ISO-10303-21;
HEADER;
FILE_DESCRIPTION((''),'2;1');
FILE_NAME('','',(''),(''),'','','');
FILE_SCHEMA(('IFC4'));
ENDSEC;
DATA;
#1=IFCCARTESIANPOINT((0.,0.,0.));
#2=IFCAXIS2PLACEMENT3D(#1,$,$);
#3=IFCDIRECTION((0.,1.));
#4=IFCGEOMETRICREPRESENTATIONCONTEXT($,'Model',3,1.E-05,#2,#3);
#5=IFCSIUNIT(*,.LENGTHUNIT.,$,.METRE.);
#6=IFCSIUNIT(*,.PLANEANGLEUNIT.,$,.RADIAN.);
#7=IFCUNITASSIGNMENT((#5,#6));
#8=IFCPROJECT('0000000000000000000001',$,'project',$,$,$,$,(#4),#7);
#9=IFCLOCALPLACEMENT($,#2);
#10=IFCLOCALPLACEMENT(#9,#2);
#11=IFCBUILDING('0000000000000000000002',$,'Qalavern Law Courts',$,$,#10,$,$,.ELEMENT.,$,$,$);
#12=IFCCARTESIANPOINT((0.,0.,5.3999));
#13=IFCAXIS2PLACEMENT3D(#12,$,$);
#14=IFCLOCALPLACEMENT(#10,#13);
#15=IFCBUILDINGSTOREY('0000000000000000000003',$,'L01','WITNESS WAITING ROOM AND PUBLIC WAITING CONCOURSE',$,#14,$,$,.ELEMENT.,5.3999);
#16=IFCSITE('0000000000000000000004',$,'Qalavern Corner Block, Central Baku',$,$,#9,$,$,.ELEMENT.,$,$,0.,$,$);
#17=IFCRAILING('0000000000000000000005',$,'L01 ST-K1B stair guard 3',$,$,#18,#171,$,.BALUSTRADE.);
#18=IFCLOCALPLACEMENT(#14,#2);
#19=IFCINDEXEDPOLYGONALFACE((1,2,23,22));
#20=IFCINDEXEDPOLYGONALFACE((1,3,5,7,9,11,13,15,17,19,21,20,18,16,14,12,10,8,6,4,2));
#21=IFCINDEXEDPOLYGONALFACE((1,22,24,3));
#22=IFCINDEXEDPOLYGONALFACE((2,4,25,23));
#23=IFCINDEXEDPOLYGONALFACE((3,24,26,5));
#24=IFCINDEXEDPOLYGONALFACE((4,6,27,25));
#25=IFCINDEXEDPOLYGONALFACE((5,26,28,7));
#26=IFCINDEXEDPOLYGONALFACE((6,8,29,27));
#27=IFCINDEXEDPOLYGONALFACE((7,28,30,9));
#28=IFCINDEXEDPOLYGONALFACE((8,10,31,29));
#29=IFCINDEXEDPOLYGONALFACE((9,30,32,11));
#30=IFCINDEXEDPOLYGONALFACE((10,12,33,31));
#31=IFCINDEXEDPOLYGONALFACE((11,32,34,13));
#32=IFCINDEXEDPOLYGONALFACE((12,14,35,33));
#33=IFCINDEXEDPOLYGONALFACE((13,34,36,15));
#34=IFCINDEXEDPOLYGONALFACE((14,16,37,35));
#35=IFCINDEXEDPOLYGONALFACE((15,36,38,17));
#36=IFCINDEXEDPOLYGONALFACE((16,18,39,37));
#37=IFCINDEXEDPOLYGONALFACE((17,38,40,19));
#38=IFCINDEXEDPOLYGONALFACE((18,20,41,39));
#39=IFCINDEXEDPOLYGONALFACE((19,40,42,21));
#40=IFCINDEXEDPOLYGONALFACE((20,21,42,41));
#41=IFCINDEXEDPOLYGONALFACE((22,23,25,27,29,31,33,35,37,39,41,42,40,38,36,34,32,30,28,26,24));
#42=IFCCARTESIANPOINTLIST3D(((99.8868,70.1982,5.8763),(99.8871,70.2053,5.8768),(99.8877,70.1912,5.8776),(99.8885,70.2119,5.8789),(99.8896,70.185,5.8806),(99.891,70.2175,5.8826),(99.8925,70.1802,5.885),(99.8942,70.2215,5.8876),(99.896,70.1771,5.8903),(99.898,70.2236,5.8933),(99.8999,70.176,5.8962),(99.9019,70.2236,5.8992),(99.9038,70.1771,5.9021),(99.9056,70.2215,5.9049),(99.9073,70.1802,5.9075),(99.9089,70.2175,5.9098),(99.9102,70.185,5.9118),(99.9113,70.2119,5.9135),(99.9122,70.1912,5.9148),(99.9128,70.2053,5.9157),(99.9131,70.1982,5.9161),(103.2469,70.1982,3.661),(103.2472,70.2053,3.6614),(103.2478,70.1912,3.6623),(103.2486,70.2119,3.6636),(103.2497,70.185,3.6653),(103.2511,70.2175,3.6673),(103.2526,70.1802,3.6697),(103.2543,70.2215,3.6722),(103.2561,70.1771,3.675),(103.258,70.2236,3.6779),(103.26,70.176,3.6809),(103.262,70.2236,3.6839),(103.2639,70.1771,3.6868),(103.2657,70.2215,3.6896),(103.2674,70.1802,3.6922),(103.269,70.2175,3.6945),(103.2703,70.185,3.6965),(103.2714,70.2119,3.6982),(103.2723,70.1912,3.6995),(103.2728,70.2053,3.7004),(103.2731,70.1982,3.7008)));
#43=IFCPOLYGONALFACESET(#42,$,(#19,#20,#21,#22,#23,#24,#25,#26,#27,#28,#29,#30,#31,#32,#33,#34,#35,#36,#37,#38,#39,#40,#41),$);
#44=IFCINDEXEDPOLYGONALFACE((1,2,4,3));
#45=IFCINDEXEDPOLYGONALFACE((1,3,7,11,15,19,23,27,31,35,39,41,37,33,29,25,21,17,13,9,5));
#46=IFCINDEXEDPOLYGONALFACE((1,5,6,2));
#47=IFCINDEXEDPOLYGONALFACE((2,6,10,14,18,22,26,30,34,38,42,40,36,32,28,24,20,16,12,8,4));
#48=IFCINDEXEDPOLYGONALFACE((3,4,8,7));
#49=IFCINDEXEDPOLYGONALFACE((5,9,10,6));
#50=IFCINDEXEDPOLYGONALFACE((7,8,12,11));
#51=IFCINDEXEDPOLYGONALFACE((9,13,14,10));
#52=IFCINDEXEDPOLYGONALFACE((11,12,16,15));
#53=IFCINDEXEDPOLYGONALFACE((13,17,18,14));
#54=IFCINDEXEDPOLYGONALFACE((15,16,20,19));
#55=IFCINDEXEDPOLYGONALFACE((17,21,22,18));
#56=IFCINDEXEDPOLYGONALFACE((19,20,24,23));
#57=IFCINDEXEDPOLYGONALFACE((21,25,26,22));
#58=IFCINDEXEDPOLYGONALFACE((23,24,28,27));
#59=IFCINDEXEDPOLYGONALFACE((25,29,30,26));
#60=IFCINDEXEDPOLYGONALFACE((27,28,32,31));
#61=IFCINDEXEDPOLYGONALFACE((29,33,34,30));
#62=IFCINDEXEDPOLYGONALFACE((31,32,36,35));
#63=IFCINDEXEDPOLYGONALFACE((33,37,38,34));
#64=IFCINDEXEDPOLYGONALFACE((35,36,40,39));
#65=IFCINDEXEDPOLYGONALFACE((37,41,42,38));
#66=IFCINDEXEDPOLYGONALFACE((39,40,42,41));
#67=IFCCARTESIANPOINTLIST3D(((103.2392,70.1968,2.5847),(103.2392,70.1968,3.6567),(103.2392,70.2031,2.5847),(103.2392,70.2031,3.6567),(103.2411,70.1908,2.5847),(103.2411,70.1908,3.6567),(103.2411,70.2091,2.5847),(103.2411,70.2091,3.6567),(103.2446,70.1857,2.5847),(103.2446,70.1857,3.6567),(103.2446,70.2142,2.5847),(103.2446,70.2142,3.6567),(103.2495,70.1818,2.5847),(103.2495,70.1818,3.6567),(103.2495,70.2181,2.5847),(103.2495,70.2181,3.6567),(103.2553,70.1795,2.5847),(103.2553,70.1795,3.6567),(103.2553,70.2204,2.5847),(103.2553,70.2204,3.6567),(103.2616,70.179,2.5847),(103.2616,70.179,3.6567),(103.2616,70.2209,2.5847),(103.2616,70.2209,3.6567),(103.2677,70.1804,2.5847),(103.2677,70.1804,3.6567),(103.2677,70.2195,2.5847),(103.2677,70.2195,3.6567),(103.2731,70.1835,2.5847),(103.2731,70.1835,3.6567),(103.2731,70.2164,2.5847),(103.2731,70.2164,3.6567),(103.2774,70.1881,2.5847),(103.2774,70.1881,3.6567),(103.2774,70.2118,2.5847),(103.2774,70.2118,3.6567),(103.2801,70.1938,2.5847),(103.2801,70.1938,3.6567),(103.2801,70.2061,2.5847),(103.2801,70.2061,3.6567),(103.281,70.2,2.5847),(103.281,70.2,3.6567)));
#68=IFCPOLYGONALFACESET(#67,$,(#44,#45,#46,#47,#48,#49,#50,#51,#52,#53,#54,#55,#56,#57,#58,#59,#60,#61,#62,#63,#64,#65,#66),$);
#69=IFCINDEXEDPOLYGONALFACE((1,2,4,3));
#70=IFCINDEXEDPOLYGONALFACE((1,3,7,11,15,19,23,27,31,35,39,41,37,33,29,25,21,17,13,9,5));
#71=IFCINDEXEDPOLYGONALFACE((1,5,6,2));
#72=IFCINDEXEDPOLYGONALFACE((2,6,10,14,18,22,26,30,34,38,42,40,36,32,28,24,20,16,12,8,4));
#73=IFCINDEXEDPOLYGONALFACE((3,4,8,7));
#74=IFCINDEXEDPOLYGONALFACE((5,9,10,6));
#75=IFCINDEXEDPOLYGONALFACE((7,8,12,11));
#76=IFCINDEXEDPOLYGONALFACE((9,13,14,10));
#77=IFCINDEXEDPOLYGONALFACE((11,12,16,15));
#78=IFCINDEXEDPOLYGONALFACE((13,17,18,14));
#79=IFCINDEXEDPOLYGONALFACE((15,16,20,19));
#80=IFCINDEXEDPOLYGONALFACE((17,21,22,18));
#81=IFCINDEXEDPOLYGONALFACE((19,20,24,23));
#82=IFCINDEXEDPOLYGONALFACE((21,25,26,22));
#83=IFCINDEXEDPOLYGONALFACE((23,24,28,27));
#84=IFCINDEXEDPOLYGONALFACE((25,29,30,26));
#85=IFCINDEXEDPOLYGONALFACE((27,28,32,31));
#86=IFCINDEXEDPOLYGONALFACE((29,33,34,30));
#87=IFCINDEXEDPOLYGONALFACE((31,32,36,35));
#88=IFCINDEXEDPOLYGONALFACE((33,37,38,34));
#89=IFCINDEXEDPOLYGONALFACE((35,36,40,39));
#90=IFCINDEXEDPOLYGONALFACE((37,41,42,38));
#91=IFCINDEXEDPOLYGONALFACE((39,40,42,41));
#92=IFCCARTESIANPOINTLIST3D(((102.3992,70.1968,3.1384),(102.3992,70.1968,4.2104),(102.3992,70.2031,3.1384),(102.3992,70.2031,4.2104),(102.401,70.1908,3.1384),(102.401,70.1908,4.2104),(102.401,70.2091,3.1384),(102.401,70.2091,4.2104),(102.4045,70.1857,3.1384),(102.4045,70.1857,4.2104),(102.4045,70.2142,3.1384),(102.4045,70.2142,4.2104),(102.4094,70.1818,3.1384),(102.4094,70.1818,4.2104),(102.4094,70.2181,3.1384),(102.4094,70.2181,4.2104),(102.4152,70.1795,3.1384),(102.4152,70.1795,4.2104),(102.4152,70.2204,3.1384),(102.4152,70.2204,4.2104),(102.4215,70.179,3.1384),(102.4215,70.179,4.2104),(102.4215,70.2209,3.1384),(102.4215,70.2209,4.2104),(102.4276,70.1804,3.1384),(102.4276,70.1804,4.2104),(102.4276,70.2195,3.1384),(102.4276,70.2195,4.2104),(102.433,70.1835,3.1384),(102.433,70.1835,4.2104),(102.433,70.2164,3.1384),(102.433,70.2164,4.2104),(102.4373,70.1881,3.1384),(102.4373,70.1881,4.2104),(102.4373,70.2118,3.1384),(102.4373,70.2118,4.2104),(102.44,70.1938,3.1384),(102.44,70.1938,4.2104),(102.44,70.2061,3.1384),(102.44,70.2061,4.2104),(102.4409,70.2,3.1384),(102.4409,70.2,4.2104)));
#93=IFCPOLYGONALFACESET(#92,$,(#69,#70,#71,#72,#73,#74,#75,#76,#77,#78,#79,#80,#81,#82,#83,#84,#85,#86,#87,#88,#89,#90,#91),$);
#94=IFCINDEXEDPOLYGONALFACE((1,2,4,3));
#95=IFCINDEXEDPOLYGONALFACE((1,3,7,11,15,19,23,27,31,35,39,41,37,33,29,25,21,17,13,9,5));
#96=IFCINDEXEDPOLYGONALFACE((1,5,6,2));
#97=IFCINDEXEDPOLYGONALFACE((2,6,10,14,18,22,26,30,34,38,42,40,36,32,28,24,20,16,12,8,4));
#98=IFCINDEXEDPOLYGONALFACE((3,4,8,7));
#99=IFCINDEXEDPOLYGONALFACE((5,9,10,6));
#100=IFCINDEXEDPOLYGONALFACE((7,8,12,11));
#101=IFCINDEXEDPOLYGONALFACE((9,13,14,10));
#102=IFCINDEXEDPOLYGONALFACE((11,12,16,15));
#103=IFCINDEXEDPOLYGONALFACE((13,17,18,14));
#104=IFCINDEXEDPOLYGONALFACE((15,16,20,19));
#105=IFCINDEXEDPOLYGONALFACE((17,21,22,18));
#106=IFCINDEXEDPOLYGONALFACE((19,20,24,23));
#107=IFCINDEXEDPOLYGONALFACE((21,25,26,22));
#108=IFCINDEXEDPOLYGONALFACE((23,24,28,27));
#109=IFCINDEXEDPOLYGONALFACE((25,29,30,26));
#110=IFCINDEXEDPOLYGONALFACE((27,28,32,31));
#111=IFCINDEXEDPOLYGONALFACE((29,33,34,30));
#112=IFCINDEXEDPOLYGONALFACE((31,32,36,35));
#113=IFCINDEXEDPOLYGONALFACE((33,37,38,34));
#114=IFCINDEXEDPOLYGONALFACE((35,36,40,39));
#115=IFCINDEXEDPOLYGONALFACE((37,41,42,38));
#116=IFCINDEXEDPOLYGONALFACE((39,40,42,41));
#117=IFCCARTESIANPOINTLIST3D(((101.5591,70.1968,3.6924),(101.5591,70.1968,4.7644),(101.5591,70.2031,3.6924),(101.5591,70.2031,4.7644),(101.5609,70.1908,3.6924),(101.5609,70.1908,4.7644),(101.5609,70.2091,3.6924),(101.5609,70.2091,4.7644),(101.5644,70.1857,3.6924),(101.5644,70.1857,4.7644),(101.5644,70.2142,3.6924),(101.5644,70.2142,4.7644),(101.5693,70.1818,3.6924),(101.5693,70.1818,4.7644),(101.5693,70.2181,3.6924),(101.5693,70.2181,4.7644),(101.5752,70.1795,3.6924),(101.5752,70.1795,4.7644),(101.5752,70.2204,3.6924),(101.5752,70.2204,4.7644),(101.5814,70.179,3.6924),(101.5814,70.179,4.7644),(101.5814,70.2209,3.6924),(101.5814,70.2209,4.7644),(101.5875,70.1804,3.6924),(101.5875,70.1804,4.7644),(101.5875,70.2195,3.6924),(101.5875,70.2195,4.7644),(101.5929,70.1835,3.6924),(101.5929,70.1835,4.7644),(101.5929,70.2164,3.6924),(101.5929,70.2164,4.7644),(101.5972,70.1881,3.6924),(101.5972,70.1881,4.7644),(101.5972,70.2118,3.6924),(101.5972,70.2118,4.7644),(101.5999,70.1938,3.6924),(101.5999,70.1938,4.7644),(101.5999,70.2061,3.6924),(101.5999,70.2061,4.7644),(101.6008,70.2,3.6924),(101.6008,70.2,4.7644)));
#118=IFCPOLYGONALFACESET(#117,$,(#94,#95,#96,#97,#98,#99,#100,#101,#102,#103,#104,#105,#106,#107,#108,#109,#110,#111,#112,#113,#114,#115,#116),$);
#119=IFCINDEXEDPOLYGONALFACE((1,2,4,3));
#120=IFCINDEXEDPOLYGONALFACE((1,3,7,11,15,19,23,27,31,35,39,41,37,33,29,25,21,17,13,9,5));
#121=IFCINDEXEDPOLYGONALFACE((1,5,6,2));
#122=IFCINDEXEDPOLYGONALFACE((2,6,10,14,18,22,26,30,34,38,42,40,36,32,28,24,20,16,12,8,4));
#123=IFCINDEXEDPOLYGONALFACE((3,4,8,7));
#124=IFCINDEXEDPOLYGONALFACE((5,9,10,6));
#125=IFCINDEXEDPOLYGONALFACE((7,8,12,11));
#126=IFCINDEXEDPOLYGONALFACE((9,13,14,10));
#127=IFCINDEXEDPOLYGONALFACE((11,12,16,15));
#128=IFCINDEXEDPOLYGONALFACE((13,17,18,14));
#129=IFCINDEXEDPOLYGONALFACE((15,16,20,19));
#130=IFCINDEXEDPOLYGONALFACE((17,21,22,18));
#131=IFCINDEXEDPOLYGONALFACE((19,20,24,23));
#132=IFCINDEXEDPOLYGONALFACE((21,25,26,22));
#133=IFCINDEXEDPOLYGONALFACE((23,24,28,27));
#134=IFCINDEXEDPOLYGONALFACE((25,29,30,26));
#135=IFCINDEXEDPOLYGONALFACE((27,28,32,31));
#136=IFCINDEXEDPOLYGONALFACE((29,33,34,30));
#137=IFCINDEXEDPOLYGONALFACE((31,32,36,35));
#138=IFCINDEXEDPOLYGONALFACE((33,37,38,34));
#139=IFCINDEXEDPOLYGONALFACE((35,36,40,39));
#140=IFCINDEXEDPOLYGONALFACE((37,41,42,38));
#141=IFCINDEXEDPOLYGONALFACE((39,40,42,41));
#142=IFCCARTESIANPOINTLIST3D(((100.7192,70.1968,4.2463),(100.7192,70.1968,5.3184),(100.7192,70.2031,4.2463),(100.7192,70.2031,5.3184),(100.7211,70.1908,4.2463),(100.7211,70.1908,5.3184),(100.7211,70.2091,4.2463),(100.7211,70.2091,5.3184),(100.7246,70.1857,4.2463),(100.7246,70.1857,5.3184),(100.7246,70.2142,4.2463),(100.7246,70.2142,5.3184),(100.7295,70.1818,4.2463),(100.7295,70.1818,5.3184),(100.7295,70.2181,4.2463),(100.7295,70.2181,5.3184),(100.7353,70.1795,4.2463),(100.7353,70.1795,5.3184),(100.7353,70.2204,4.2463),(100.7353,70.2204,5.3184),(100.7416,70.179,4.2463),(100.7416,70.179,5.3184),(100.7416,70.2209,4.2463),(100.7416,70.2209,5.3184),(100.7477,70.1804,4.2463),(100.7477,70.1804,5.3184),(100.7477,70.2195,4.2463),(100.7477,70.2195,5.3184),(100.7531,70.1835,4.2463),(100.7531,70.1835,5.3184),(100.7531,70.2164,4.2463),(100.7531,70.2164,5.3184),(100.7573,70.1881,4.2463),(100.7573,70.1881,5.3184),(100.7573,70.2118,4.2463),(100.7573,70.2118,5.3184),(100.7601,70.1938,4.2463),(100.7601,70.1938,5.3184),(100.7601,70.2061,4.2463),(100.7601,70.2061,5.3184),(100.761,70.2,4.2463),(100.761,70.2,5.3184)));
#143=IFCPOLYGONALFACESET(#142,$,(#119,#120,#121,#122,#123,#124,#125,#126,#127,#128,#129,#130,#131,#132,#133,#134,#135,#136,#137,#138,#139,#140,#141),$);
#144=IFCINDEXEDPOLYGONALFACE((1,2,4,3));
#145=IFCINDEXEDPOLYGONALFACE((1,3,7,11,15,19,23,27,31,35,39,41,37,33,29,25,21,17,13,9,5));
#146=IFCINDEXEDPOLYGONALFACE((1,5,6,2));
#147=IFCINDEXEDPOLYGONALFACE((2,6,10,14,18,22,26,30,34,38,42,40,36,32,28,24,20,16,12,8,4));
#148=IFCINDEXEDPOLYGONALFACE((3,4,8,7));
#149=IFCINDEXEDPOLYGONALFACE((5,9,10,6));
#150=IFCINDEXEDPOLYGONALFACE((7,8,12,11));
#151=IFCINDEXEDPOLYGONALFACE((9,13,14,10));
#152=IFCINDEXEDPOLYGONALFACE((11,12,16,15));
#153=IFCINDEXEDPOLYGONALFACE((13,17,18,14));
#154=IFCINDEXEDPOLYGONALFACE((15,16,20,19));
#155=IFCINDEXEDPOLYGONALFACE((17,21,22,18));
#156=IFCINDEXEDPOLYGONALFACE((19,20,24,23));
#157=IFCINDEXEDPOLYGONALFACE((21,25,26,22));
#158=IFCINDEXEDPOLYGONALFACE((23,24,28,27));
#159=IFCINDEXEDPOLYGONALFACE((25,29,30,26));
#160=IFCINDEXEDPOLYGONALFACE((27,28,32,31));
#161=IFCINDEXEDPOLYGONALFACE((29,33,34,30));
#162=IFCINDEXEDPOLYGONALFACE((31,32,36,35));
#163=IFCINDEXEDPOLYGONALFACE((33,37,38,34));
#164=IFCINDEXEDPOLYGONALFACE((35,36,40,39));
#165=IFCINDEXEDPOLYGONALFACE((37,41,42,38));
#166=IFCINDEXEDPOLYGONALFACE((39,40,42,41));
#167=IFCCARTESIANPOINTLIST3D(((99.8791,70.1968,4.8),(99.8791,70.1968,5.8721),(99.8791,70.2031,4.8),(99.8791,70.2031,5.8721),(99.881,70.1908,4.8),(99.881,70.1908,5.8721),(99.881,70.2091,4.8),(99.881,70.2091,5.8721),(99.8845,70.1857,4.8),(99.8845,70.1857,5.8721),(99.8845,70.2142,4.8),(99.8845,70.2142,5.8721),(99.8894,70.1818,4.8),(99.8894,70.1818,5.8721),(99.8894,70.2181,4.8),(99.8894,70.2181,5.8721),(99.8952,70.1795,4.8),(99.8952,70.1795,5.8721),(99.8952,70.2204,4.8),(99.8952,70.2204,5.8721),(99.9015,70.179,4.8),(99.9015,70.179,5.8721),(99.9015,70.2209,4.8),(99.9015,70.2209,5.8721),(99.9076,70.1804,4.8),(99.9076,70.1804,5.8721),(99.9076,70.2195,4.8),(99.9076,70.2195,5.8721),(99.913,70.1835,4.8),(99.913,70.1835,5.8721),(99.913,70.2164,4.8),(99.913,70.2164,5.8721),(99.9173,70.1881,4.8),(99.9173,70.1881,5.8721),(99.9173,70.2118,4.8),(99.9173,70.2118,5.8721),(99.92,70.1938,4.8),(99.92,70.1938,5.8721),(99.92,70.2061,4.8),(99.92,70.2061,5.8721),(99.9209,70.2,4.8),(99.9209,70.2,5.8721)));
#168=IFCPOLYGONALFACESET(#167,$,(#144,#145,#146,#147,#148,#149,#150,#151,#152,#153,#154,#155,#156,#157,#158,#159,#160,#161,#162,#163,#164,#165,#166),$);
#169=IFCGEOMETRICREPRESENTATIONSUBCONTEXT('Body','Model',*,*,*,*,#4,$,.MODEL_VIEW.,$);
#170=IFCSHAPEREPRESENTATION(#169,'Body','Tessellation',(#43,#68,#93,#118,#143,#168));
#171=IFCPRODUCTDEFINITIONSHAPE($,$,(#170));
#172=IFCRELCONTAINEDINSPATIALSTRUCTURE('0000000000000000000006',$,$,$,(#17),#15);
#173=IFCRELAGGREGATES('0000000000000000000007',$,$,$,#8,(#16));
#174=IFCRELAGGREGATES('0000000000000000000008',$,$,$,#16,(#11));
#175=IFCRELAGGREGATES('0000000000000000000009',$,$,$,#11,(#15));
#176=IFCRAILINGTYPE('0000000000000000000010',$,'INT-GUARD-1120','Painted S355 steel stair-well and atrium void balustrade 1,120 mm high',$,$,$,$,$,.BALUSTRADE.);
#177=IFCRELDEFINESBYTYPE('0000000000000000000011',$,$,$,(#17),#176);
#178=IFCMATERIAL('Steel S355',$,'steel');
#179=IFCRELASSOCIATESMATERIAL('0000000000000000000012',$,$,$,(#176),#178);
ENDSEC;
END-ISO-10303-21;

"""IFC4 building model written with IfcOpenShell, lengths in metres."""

from ifc_helpers import new_model, si_unit, direction, frame, origin, origin_2d, place, context, subcontext, project, spatial, circle, extrude, material, type_object, element, save


model = new_model("IFC4")

# Units and contexts
model_context = context("Model", 3, precision=1e-05, world=origin(), true_north=direction((0.0, 1.0)))
body_context = subcontext(model_context, "Body", "Model", "MODEL_VIEW")
ifc_project = project(units=[si_unit("LENGTHUNIT", "METRE"), si_unit("PLANEANGLEUNIT", "RADIAN")], contexts=[model_context])

# Site, building, storey
site_placement = place(None, origin())
site = spatial("IfcSite", under=ifc_project, at=site_placement, Name="Qalavern Corner Block, Central Baku", CompositionType="ELEMENT", RefElevation=0.0)
building_placement = place(site_placement, origin())
building = spatial("IfcBuilding", under=site, at=building_placement, Name="Qalavern Law Courts", CompositionType="ELEMENT")
storey_placement = place(building_placement, frame((0.0, 0.0, 5.3999)))
storey = spatial("IfcBuildingStorey", under=building, at=storey_placement, Name="L01", Description="WITNESS WAITING ROOM AND PUBLIC WAITING CONCOURSE", CompositionType="ELEMENT", Elevation=5.3999)

# Shared definitions
ifc_material_1 = material(Name="Steel S355", Category="steel")

# Railing
railing_type_1 = type_object("IfcRailingType", Name="INT-GUARD-1120", Description="Painted S355 steel stair-well and atrium void balustrade 1,120 mm high", PredefinedType="BALUSTRADE", material=ifc_material_1)
railing_1_placement = place(storey_placement, frame((103.26, 70.2, 2.5847)))
element("IfcRailing", 1, at=railing_1_placement, inside=storey, type_object=railing_type_1, Name="L01 ST-K1B stair guard 3", PredefinedType="BALUSTRADE", context=body_context, shape_type="SweptSolid", body=[
    extrude(circle(Radius=0.0239, at=origin_2d()), frame((0.0, 0.0, 1.0962), z_axis=(-0.834876, 0.0, 0.550437), x_axis=(0.0, -1.0, 0.0)), (0.0, 0.0, 1.0), 4.0247),
    extrude(circle(Radius=0.021, at=origin_2d()), origin(), (0.0, 0.0, 1.0), 1.072),
    extrude(circle(Radius=0.021, at=origin_2d()), frame((-0.8401, 0.0, 0.5537)), (0.0, 0.0, 1.0), 1.072),
    extrude(circle(Radius=0.021, at=origin_2d()), frame((-1.6802, 0.0, 1.1077)), (0.0, 0.0, 1.0), 1.072),
    extrude(circle(Radius=0.021, at=origin_2d()), frame((-2.52, 0.0, 1.6616)), (0.0, 0.0, 1.0), 1.072),
    extrude(circle(Radius=0.021, at=origin_2d()), frame((-3.3601, 0.0, 2.2153)), (0.0, 0.0, 1.0), 1.072),
])

save(model, "model.ifc")
